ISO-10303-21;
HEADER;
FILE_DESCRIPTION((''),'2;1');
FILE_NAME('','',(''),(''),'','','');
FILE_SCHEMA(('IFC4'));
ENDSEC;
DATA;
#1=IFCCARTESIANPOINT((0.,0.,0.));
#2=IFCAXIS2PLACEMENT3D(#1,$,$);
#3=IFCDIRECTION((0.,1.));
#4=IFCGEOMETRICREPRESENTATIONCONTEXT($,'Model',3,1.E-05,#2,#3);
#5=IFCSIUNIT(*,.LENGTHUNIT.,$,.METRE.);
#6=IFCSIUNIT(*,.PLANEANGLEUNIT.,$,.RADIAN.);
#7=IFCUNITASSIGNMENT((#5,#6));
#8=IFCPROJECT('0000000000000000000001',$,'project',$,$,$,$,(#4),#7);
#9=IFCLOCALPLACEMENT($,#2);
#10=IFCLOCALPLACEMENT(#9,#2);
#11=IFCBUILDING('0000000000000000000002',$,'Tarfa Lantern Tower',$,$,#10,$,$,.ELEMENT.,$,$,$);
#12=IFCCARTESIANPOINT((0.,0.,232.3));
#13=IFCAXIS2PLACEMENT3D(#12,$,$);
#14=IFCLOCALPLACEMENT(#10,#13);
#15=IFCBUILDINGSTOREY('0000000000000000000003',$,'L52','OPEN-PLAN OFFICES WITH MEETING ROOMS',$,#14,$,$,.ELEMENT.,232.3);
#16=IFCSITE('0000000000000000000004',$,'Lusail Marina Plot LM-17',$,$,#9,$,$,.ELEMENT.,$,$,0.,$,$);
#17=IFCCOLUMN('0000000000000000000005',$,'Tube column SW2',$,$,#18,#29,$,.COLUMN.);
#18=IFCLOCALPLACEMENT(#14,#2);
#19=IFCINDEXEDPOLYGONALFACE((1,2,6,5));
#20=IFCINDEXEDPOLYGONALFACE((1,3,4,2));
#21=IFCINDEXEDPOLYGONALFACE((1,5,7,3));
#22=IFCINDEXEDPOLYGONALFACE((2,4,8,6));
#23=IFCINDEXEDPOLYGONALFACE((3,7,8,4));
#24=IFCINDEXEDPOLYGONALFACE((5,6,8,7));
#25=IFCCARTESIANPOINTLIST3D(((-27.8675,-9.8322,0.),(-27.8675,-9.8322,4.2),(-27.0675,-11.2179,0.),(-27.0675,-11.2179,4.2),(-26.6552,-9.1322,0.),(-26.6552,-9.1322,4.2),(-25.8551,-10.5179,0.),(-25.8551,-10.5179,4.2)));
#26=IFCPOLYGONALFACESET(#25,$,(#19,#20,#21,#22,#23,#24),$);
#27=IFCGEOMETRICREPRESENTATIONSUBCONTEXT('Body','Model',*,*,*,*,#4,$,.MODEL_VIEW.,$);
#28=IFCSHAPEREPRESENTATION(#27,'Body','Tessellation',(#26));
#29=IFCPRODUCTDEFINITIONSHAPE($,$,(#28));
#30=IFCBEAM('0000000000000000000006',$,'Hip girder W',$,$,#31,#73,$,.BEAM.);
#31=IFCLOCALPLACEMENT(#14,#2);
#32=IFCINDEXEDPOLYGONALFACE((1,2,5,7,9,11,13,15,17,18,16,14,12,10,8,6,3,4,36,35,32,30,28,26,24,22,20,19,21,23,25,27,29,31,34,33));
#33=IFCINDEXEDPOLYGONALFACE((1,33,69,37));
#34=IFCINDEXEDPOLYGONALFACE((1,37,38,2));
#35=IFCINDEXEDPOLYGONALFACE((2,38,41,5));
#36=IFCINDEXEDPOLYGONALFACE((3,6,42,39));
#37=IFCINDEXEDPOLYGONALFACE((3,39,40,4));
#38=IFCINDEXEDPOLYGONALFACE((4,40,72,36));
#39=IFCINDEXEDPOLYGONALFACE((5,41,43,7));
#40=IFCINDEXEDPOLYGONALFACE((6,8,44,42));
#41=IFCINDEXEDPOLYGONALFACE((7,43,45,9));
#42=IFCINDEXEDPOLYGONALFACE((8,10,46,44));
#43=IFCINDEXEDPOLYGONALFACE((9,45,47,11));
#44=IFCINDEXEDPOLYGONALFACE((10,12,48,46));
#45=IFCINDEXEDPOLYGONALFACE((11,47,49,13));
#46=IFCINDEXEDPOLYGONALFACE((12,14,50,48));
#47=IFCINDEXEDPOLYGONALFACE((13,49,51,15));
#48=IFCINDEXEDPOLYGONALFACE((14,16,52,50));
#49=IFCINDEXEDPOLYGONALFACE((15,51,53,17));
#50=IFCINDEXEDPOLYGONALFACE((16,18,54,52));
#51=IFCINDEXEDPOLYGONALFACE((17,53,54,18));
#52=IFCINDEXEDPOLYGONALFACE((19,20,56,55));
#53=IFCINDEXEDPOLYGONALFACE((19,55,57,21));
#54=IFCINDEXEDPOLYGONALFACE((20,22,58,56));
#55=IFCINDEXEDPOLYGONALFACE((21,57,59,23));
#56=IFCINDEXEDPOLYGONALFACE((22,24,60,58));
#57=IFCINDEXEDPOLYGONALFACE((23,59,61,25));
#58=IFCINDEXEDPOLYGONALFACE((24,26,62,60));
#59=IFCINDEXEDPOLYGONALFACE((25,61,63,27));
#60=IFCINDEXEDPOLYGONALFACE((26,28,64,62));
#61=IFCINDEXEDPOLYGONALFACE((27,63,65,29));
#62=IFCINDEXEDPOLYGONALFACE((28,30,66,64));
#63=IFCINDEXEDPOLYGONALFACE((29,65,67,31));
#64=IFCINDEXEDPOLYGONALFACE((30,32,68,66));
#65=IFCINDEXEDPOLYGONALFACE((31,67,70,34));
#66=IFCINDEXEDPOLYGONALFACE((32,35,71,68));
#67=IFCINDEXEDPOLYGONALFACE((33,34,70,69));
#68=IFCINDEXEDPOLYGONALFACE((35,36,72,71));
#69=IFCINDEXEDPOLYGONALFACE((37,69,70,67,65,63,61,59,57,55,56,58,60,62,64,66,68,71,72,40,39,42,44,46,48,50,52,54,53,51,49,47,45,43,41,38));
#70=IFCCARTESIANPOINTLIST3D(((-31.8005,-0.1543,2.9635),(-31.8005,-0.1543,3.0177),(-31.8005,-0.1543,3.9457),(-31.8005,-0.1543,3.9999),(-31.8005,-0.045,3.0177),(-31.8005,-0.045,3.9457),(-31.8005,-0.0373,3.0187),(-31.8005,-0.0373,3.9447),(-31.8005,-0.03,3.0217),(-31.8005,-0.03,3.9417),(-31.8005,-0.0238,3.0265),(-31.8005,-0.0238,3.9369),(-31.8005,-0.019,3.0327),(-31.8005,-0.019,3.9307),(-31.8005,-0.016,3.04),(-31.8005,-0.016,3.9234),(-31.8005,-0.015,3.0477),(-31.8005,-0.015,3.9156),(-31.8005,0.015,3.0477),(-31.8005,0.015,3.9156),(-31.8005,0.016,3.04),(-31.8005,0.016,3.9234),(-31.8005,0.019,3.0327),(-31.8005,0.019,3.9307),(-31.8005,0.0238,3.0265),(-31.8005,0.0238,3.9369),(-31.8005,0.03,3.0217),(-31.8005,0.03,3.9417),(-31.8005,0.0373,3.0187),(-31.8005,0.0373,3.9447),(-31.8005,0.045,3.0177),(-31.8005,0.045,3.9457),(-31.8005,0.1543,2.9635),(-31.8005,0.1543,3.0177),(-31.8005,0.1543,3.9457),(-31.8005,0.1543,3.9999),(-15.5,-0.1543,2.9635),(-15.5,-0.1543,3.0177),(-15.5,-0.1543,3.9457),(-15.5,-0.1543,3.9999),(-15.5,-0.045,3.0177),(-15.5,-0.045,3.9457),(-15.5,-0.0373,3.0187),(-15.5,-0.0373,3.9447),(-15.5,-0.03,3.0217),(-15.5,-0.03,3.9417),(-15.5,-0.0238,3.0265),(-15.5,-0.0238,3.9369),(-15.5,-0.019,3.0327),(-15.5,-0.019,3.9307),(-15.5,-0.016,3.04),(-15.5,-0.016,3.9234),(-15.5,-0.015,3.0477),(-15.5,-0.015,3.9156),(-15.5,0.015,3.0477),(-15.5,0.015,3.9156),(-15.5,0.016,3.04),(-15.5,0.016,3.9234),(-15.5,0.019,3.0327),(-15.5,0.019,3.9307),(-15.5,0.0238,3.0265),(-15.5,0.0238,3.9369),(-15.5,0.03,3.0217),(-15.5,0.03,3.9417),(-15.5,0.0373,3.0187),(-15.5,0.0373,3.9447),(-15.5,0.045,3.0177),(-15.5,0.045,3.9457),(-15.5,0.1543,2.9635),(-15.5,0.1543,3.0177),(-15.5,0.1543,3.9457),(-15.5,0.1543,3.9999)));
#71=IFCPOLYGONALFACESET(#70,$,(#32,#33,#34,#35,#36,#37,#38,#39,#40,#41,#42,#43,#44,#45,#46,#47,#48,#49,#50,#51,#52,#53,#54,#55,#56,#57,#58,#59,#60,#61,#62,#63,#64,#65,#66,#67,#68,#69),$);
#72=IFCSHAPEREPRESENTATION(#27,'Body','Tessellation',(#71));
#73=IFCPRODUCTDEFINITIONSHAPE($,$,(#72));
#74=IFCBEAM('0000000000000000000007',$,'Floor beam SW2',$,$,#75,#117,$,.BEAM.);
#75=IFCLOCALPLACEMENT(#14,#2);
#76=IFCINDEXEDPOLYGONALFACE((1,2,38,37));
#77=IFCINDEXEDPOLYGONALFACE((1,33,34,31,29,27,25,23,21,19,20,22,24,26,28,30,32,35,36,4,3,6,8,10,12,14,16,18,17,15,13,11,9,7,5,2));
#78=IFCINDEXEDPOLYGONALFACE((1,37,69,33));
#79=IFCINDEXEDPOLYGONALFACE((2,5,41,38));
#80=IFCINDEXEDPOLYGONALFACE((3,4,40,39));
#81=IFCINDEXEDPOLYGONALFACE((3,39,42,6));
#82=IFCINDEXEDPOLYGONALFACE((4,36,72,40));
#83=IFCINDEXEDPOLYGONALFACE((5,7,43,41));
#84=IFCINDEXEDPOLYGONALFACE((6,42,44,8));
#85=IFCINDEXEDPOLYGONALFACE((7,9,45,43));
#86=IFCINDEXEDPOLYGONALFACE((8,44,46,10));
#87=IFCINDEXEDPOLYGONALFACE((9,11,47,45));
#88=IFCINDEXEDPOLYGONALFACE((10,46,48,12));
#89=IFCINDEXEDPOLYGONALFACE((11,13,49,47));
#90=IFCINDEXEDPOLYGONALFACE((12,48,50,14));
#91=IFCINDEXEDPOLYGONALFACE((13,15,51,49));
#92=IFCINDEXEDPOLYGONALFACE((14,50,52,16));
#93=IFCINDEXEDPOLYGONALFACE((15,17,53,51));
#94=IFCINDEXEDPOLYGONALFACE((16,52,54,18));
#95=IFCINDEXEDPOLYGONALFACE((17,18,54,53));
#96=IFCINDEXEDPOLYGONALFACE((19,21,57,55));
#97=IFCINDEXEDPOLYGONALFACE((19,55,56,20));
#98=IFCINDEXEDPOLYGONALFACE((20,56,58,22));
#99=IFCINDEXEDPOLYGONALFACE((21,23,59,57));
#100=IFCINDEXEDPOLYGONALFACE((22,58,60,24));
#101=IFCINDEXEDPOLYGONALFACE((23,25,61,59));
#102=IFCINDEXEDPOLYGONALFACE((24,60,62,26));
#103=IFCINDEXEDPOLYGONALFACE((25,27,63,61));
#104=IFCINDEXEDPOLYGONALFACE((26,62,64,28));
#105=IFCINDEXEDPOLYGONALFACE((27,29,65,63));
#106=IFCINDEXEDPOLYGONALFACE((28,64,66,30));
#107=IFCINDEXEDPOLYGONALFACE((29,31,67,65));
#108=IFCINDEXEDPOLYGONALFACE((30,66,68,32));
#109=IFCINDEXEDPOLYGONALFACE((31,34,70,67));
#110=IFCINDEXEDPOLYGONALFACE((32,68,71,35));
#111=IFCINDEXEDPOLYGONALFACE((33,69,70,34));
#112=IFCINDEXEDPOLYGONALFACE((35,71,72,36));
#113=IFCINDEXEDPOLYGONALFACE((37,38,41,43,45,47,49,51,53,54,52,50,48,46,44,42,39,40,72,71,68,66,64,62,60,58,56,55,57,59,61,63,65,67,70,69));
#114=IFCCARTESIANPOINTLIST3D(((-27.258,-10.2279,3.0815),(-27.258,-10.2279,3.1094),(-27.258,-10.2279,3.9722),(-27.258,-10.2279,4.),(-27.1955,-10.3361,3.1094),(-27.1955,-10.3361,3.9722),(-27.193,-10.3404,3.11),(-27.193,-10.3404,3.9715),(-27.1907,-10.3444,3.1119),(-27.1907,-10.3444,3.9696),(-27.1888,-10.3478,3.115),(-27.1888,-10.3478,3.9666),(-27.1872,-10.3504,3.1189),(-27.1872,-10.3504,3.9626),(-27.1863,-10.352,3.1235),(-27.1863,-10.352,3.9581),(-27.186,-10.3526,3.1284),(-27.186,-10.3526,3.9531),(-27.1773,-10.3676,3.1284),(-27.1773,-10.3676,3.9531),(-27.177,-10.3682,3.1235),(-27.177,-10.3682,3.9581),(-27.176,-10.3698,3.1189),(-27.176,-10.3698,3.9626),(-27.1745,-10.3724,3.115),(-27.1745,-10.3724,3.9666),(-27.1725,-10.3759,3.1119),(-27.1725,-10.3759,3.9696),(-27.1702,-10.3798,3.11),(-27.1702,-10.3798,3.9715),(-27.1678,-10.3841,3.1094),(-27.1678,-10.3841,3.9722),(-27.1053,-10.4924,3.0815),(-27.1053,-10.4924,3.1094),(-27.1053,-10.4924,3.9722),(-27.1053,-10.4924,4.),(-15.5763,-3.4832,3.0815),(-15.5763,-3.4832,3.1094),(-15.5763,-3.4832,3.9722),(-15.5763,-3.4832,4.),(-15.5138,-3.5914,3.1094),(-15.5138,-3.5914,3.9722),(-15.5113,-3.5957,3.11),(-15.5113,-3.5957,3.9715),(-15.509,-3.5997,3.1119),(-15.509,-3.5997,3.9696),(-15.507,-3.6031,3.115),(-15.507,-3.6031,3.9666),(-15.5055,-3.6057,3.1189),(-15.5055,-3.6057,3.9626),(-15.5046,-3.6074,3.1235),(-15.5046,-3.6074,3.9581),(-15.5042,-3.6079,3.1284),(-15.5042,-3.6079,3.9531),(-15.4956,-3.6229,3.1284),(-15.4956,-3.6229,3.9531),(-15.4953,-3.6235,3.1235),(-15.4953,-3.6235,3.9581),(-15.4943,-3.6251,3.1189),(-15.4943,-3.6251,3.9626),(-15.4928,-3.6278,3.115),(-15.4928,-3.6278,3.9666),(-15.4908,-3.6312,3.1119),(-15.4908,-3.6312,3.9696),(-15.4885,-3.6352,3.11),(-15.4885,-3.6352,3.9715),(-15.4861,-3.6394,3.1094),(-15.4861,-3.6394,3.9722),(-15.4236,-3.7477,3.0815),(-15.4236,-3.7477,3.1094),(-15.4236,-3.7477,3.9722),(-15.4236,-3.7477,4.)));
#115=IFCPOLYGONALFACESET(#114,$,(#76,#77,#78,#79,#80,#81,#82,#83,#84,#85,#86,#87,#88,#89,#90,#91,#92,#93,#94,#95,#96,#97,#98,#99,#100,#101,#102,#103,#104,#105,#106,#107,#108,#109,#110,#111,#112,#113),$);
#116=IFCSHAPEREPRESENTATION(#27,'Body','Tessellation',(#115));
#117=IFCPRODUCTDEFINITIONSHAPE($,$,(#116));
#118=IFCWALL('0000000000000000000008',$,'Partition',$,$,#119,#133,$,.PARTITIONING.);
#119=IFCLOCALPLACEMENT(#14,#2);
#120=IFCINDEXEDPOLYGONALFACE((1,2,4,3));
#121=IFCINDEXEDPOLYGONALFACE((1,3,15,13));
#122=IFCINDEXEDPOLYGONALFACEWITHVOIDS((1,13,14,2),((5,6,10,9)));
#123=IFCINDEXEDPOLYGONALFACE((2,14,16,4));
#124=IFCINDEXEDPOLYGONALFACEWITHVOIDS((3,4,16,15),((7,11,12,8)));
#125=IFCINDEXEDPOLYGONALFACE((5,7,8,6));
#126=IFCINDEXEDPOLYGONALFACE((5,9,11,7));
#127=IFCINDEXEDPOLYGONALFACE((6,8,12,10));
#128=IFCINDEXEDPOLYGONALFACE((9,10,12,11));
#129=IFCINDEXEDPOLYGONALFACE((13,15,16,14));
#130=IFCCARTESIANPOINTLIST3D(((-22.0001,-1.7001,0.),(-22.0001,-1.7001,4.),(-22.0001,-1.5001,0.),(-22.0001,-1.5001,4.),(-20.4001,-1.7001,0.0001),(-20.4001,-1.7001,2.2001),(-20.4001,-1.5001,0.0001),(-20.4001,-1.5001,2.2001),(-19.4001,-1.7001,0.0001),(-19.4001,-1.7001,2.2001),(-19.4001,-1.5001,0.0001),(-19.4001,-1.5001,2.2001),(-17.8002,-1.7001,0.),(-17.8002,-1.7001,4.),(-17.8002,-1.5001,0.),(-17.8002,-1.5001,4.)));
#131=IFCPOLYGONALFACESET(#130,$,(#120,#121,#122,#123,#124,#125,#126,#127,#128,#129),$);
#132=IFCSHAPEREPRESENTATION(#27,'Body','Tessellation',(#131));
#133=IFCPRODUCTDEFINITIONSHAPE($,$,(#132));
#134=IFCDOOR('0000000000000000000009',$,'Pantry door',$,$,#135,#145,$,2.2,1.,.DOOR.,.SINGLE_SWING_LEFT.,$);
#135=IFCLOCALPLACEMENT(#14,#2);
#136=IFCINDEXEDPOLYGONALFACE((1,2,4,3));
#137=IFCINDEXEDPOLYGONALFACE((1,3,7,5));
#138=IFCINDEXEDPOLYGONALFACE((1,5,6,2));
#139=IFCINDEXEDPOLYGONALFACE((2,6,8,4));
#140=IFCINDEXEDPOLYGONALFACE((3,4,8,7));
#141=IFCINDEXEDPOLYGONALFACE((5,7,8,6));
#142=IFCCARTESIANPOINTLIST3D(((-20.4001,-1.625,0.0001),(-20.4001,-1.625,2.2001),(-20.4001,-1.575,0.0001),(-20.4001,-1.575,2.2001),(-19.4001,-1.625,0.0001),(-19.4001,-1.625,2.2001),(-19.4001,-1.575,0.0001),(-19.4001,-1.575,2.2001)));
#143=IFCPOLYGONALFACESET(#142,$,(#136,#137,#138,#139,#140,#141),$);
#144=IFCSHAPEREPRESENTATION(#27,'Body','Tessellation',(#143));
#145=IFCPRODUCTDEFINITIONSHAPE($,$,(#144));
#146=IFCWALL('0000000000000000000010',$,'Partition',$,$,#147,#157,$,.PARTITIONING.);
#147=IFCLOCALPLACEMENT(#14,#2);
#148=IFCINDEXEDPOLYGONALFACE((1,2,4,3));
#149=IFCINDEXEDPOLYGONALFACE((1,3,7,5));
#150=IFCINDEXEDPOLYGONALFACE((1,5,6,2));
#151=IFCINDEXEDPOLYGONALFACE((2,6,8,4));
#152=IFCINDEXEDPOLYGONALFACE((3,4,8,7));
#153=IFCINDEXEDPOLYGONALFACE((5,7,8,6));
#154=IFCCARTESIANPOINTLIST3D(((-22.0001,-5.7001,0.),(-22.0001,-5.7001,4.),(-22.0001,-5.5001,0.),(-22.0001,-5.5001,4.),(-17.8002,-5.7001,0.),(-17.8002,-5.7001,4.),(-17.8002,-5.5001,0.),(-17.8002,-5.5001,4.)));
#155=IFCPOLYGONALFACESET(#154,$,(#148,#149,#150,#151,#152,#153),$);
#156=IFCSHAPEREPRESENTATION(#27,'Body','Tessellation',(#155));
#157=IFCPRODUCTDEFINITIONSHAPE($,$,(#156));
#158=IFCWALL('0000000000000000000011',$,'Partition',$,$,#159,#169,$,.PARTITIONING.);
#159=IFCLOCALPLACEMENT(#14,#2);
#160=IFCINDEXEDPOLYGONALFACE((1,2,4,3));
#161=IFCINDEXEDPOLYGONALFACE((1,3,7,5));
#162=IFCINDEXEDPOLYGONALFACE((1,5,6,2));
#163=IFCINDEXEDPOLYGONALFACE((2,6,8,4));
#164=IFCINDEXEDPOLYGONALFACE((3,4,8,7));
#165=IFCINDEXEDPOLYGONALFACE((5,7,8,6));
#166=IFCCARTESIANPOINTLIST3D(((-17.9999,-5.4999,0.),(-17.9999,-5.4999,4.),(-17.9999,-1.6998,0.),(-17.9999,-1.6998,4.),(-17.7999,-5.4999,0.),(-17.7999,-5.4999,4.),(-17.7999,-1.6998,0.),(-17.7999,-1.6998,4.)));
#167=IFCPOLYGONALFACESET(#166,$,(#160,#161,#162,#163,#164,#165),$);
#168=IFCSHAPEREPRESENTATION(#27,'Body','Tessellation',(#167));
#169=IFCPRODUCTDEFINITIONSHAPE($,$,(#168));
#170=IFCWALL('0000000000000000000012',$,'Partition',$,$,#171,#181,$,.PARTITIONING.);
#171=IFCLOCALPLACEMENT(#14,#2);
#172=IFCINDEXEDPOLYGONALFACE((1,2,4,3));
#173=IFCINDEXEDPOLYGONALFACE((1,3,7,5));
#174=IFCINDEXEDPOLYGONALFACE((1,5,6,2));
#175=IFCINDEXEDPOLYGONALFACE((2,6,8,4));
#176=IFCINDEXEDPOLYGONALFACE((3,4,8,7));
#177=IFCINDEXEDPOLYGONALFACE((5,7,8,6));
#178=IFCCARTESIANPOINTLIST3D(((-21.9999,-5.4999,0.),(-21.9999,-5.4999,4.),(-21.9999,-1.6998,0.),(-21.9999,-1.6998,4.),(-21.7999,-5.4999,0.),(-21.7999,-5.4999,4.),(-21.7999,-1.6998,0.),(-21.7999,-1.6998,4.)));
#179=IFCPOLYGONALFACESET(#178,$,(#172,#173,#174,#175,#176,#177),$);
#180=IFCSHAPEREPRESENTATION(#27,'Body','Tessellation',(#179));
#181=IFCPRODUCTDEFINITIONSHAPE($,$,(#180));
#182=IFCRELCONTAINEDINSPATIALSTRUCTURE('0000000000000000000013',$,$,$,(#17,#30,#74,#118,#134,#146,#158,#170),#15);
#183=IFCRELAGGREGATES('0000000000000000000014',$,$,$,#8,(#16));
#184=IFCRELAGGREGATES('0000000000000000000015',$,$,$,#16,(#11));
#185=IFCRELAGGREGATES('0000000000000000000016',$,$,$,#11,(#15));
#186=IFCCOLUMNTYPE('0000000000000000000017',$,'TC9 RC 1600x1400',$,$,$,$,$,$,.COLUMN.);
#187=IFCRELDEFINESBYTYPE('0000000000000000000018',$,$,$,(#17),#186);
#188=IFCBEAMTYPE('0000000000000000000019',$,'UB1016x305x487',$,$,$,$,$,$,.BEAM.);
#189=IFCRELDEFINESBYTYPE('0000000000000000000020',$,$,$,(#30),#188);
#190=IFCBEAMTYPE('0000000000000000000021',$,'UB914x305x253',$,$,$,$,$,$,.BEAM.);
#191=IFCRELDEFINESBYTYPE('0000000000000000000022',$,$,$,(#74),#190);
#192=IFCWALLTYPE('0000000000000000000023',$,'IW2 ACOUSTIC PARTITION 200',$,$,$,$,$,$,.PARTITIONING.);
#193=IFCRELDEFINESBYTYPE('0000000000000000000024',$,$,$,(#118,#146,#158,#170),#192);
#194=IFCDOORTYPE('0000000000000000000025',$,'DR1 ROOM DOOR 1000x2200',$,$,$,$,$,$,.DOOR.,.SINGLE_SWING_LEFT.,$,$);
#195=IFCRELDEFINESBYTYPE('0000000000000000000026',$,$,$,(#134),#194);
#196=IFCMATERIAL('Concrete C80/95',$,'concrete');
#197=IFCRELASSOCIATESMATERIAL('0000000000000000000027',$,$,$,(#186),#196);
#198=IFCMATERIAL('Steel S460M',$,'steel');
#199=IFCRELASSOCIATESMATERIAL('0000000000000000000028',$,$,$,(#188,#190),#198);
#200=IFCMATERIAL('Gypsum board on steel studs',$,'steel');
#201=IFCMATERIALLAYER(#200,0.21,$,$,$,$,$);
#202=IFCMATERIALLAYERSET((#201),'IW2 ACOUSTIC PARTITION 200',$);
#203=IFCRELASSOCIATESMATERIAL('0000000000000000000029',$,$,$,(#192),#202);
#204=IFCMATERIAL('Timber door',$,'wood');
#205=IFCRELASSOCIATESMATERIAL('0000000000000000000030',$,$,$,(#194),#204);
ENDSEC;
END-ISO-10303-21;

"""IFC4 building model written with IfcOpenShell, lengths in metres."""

from ifc_helpers import new_model, si_unit, direction, frame, frame_2d, origin, origin_2d, place, context, subcontext, project, spatial, rectangle, i_section, extrude, material, layer, layer_set, material_profile, profile_set, type_object, element, fill, save


model = new_model("IFC4")

# Units and contexts
model_context = context("Model", 3, precision=1e-05, world=origin(), true_north=direction((0.0, 1.0)))
body_context = subcontext(model_context, "Body", "Model", "MODEL_VIEW")
ifc_project = project(units=[si_unit("LENGTHUNIT", "METRE"), si_unit("PLANEANGLEUNIT", "RADIAN")], contexts=[model_context])

# Site, building, storey
site_placement = place(None, origin())
site = spatial("IfcSite", under=ifc_project, at=site_placement, Name="Lusail Marina Plot LM-17", CompositionType="ELEMENT", RefElevation=0.0)
building_placement = place(site_placement, origin())
building = spatial("IfcBuilding", under=site, at=building_placement, Name="Tarfa Lantern Tower", CompositionType="ELEMENT")
storey_placement = place(building_placement, frame((0.0, 0.0, 232.3)))
storey = spatial("IfcBuildingStorey", under=building, at=storey_placement, Name="L52", Description="OPEN-PLAN OFFICES WITH MEETING ROOMS", CompositionType="ELEMENT", Elevation=232.3)

# Column
ifc_material_1 = material(Name="Concrete C80/95", Category="concrete")
ifc_material_profile_1 = material_profile(ifc_material_1, rectangle(XDim=1.6001, YDim=1.3999, at=origin_2d()), Name="RC 1600x1400")
ifc_profile_set_1 = profile_set([ifc_material_profile_1], Name="Concrete C80/95")
column_type = type_object("IfcColumnType", Name="TC9 RC 1600x1400", PredefinedType="COLUMN", material=ifc_profile_set_1)
column_placement = place(storey_placement, frame((-26.8613, -10.175, 0.0), z_axis=(0.0, 0.0, 1.0), x_axis=(0.5, -0.866025, 0.0)))
element("IfcColumn", 1, at=column_placement, inside=storey, type_object=column_type, Name="Tube column SW2", PredefinedType="COLUMN", context=body_context, shape_type="SweptSolid", body=[
    extrude(rectangle(XDim=1.6001, YDim=1.3999, at=origin_2d()), origin(), (0.0, 0.0, 1.0), 4.2),
])

# Beams
ifc_material_2 = material(Name="Steel S460M", Category="steel")
ifc_material_profile_2 = material_profile(ifc_material_2, i_section(OverallWidth=0.3086, OverallDepth=1.0364, WebThickness=0.03, FlangeThickness=0.0542, FilletRadius=0.03, at=origin_2d()), Name="UB1016x305x487")
ifc_profile_set_2 = profile_set([ifc_material_profile_2], Name="Steel S460M")
beam_type_1 = type_object("IfcBeamType", Name="UB1016x305x487", PredefinedType="BEAM", material=ifc_profile_set_2)
beam_1_placement = place(storey_placement, frame((-15.5, 0.0, 3.4817), z_axis=(-1.0, 0.0, 0.0), x_axis=(0.0, -1.0, 0.0)))
element("IfcBeam", 2, at=beam_1_placement, inside=storey, type_object=beam_type_1, Name="Hip girder W", PredefinedType="BEAM", context=body_context, shape_type="SweptSolid", body=[
    extrude(i_section(OverallWidth=0.3086, OverallDepth=1.0364, WebThickness=0.03, FlangeThickness=0.0542, FilletRadius=0.03, at=origin_2d()), origin(), (0.0, 0.0, 1.0), 16.3005),
])
ifc_material_profile_3 = material_profile(ifc_material_2, i_section(OverallWidth=0.3054, OverallDepth=0.9185, WebThickness=0.0173, FlangeThickness=0.0278, FilletRadius=0.019, at=origin_2d()), Name="UB914x305x253")
ifc_profile_set_3 = profile_set([ifc_material_profile_3], Name="Steel S460M")
beam_type_2 = type_object("IfcBeamType", Name="UB914x305x253", PredefinedType="BEAM", material=ifc_profile_set_3)
beam_2_placement = place(storey_placement, frame((-27.1816, -10.3601, 3.5408), z_axis=(0.866018, 0.500013, 0.0), x_axis=(-0.500013, 0.866018, 0.0)))
element("IfcBeam", 3, at=beam_2_placement, inside=storey, type_object=beam_type_2, Name="Floor beam SW2", PredefinedType="BEAM", context=body_context, shape_type="SweptSolid", body=[
    extrude(i_section(OverallWidth=0.3054, OverallDepth=0.9185, WebThickness=0.0173, FlangeThickness=0.0278, FilletRadius=0.019, at=origin_2d()), origin(), (0.0, 0.0, 1.0), 13.489),
])

# Wall, opening, door
ifc_material_3 = material(Name="Gypsum board on steel studs", Category="steel")
ifc_layer_1 = layer(ifc_material_3, 0.21)
ifc_layer_set_1 = layer_set([ifc_layer_1], Name="IW2 ACOUSTIC PARTITION 200")
wall_type_1 = type_object("IfcWallType", Name="IW2 ACOUSTIC PARTITION 200", PredefinedType="PARTITIONING", material=ifc_layer_set_1)
wall_1_placement = place(storey_placement, frame((-17.8, -1.6001, 0.0), z_axis=(0.0, 0.0, 1.0), x_axis=(-1.0, 0.0, 0.0)))
wall_1 = element("IfcWall", 4, at=wall_1_placement, inside=storey, type_object=wall_type_1, Name="Partition", PredefinedType="PARTITIONING", context=body_context, shape_type="SweptSolid", body=[
    extrude(rectangle(XDim=4.2, YDim=0.2, at=frame_2d((2.1001, 0.0))), origin(), (0.0, 0.0, 1.0), 4.0),
])
opening_1_placement = place(wall_1_placement, frame((1.6001, 0.0, 0.0)))
opening_1 = element("IfcOpeningElement", 5, at=opening_1_placement, cuts=wall_1, PredefinedType="OPENING", context=body_context, shape_type="SweptSolid", body=[
    extrude(rectangle(XDim=1.0, YDim=2.2, at=frame_2d((0.5, 1.1001))), frame((0.0, 0.1099, 0.0), z_axis=(0.0, -1.0, 0.0), x_axis=(1.0, 0.0, 0.0)), (0.0, 0.0, 1.0), 0.22),
])
ifc_material_4 = material(Name="Timber door", Category="wood")
door_type_1 = type_object("IfcDoorType", Name="DR1 ROOM DOOR 1000x2200", OperationType="SINGLE_SWING_LEFT", PredefinedType="DOOR", material=ifc_material_4)
door_1_placement = place(opening_1_placement, origin())
door_1 = element("IfcDoor", 6, at=door_1_placement, inside=storey, type_object=door_type_1, Name="Pantry door", OperationType="SINGLE_SWING_LEFT", OverallHeight=2.2, OverallWidth=1.0, PredefinedType="DOOR", context=body_context, shape_type="SweptSolid", body=[
    extrude(rectangle(XDim=1.0, YDim=2.2, at=frame_2d((0.5, 1.1001))), frame((0.0, 0.0249, 0.0), z_axis=(0.0, -1.0, 0.0), x_axis=(1.0, 0.0, 0.0)), (0.0, 0.0, 1.0), 0.05),
])
fill(opening_1, door_1)

# Walls
wall_2_placement = place(storey_placement, frame((-17.8, -5.6001, 0.0), z_axis=(0.0, 0.0, 1.0), x_axis=(-1.0, 0.0, 0.0)))
element("IfcWall", 7, at=wall_2_placement, inside=storey, type_object=wall_type_1, Name="Partition", PredefinedType="PARTITIONING", context=body_context, shape_type="SweptSolid", body=[
    extrude(rectangle(XDim=4.2, YDim=0.2, at=frame_2d((2.1001, 0.0))), origin(), (0.0, 0.0, 1.0), 4.0),
])
for number, where, z_axis, x_axis, name in (
    (8, (-17.8999, -1.7, 0.0), (0.0, 0.0, 1.0), (0.0, -1.0, 0.0), "Partition"),
    (9, (-21.8999, -1.7, 0.0), (0.0, 0.0, 1.0), (0.0, -1.0, 0.0), "Partition"),
):
    element("IfcWall", number, at=place(storey_placement, frame(where, z_axis=z_axis, x_axis=x_axis)), inside=storey, type_object=wall_type_1, Name=name, PredefinedType="PARTITIONING", context=body_context, shape_type="SweptSolid", body=[
        extrude(rectangle(XDim=3.8, YDim=0.2, at=frame_2d((1.8999, 0.0))), origin(), (0.0, 0.0, 1.0), 4.0),
    ])

save(model, "model.ifc")
